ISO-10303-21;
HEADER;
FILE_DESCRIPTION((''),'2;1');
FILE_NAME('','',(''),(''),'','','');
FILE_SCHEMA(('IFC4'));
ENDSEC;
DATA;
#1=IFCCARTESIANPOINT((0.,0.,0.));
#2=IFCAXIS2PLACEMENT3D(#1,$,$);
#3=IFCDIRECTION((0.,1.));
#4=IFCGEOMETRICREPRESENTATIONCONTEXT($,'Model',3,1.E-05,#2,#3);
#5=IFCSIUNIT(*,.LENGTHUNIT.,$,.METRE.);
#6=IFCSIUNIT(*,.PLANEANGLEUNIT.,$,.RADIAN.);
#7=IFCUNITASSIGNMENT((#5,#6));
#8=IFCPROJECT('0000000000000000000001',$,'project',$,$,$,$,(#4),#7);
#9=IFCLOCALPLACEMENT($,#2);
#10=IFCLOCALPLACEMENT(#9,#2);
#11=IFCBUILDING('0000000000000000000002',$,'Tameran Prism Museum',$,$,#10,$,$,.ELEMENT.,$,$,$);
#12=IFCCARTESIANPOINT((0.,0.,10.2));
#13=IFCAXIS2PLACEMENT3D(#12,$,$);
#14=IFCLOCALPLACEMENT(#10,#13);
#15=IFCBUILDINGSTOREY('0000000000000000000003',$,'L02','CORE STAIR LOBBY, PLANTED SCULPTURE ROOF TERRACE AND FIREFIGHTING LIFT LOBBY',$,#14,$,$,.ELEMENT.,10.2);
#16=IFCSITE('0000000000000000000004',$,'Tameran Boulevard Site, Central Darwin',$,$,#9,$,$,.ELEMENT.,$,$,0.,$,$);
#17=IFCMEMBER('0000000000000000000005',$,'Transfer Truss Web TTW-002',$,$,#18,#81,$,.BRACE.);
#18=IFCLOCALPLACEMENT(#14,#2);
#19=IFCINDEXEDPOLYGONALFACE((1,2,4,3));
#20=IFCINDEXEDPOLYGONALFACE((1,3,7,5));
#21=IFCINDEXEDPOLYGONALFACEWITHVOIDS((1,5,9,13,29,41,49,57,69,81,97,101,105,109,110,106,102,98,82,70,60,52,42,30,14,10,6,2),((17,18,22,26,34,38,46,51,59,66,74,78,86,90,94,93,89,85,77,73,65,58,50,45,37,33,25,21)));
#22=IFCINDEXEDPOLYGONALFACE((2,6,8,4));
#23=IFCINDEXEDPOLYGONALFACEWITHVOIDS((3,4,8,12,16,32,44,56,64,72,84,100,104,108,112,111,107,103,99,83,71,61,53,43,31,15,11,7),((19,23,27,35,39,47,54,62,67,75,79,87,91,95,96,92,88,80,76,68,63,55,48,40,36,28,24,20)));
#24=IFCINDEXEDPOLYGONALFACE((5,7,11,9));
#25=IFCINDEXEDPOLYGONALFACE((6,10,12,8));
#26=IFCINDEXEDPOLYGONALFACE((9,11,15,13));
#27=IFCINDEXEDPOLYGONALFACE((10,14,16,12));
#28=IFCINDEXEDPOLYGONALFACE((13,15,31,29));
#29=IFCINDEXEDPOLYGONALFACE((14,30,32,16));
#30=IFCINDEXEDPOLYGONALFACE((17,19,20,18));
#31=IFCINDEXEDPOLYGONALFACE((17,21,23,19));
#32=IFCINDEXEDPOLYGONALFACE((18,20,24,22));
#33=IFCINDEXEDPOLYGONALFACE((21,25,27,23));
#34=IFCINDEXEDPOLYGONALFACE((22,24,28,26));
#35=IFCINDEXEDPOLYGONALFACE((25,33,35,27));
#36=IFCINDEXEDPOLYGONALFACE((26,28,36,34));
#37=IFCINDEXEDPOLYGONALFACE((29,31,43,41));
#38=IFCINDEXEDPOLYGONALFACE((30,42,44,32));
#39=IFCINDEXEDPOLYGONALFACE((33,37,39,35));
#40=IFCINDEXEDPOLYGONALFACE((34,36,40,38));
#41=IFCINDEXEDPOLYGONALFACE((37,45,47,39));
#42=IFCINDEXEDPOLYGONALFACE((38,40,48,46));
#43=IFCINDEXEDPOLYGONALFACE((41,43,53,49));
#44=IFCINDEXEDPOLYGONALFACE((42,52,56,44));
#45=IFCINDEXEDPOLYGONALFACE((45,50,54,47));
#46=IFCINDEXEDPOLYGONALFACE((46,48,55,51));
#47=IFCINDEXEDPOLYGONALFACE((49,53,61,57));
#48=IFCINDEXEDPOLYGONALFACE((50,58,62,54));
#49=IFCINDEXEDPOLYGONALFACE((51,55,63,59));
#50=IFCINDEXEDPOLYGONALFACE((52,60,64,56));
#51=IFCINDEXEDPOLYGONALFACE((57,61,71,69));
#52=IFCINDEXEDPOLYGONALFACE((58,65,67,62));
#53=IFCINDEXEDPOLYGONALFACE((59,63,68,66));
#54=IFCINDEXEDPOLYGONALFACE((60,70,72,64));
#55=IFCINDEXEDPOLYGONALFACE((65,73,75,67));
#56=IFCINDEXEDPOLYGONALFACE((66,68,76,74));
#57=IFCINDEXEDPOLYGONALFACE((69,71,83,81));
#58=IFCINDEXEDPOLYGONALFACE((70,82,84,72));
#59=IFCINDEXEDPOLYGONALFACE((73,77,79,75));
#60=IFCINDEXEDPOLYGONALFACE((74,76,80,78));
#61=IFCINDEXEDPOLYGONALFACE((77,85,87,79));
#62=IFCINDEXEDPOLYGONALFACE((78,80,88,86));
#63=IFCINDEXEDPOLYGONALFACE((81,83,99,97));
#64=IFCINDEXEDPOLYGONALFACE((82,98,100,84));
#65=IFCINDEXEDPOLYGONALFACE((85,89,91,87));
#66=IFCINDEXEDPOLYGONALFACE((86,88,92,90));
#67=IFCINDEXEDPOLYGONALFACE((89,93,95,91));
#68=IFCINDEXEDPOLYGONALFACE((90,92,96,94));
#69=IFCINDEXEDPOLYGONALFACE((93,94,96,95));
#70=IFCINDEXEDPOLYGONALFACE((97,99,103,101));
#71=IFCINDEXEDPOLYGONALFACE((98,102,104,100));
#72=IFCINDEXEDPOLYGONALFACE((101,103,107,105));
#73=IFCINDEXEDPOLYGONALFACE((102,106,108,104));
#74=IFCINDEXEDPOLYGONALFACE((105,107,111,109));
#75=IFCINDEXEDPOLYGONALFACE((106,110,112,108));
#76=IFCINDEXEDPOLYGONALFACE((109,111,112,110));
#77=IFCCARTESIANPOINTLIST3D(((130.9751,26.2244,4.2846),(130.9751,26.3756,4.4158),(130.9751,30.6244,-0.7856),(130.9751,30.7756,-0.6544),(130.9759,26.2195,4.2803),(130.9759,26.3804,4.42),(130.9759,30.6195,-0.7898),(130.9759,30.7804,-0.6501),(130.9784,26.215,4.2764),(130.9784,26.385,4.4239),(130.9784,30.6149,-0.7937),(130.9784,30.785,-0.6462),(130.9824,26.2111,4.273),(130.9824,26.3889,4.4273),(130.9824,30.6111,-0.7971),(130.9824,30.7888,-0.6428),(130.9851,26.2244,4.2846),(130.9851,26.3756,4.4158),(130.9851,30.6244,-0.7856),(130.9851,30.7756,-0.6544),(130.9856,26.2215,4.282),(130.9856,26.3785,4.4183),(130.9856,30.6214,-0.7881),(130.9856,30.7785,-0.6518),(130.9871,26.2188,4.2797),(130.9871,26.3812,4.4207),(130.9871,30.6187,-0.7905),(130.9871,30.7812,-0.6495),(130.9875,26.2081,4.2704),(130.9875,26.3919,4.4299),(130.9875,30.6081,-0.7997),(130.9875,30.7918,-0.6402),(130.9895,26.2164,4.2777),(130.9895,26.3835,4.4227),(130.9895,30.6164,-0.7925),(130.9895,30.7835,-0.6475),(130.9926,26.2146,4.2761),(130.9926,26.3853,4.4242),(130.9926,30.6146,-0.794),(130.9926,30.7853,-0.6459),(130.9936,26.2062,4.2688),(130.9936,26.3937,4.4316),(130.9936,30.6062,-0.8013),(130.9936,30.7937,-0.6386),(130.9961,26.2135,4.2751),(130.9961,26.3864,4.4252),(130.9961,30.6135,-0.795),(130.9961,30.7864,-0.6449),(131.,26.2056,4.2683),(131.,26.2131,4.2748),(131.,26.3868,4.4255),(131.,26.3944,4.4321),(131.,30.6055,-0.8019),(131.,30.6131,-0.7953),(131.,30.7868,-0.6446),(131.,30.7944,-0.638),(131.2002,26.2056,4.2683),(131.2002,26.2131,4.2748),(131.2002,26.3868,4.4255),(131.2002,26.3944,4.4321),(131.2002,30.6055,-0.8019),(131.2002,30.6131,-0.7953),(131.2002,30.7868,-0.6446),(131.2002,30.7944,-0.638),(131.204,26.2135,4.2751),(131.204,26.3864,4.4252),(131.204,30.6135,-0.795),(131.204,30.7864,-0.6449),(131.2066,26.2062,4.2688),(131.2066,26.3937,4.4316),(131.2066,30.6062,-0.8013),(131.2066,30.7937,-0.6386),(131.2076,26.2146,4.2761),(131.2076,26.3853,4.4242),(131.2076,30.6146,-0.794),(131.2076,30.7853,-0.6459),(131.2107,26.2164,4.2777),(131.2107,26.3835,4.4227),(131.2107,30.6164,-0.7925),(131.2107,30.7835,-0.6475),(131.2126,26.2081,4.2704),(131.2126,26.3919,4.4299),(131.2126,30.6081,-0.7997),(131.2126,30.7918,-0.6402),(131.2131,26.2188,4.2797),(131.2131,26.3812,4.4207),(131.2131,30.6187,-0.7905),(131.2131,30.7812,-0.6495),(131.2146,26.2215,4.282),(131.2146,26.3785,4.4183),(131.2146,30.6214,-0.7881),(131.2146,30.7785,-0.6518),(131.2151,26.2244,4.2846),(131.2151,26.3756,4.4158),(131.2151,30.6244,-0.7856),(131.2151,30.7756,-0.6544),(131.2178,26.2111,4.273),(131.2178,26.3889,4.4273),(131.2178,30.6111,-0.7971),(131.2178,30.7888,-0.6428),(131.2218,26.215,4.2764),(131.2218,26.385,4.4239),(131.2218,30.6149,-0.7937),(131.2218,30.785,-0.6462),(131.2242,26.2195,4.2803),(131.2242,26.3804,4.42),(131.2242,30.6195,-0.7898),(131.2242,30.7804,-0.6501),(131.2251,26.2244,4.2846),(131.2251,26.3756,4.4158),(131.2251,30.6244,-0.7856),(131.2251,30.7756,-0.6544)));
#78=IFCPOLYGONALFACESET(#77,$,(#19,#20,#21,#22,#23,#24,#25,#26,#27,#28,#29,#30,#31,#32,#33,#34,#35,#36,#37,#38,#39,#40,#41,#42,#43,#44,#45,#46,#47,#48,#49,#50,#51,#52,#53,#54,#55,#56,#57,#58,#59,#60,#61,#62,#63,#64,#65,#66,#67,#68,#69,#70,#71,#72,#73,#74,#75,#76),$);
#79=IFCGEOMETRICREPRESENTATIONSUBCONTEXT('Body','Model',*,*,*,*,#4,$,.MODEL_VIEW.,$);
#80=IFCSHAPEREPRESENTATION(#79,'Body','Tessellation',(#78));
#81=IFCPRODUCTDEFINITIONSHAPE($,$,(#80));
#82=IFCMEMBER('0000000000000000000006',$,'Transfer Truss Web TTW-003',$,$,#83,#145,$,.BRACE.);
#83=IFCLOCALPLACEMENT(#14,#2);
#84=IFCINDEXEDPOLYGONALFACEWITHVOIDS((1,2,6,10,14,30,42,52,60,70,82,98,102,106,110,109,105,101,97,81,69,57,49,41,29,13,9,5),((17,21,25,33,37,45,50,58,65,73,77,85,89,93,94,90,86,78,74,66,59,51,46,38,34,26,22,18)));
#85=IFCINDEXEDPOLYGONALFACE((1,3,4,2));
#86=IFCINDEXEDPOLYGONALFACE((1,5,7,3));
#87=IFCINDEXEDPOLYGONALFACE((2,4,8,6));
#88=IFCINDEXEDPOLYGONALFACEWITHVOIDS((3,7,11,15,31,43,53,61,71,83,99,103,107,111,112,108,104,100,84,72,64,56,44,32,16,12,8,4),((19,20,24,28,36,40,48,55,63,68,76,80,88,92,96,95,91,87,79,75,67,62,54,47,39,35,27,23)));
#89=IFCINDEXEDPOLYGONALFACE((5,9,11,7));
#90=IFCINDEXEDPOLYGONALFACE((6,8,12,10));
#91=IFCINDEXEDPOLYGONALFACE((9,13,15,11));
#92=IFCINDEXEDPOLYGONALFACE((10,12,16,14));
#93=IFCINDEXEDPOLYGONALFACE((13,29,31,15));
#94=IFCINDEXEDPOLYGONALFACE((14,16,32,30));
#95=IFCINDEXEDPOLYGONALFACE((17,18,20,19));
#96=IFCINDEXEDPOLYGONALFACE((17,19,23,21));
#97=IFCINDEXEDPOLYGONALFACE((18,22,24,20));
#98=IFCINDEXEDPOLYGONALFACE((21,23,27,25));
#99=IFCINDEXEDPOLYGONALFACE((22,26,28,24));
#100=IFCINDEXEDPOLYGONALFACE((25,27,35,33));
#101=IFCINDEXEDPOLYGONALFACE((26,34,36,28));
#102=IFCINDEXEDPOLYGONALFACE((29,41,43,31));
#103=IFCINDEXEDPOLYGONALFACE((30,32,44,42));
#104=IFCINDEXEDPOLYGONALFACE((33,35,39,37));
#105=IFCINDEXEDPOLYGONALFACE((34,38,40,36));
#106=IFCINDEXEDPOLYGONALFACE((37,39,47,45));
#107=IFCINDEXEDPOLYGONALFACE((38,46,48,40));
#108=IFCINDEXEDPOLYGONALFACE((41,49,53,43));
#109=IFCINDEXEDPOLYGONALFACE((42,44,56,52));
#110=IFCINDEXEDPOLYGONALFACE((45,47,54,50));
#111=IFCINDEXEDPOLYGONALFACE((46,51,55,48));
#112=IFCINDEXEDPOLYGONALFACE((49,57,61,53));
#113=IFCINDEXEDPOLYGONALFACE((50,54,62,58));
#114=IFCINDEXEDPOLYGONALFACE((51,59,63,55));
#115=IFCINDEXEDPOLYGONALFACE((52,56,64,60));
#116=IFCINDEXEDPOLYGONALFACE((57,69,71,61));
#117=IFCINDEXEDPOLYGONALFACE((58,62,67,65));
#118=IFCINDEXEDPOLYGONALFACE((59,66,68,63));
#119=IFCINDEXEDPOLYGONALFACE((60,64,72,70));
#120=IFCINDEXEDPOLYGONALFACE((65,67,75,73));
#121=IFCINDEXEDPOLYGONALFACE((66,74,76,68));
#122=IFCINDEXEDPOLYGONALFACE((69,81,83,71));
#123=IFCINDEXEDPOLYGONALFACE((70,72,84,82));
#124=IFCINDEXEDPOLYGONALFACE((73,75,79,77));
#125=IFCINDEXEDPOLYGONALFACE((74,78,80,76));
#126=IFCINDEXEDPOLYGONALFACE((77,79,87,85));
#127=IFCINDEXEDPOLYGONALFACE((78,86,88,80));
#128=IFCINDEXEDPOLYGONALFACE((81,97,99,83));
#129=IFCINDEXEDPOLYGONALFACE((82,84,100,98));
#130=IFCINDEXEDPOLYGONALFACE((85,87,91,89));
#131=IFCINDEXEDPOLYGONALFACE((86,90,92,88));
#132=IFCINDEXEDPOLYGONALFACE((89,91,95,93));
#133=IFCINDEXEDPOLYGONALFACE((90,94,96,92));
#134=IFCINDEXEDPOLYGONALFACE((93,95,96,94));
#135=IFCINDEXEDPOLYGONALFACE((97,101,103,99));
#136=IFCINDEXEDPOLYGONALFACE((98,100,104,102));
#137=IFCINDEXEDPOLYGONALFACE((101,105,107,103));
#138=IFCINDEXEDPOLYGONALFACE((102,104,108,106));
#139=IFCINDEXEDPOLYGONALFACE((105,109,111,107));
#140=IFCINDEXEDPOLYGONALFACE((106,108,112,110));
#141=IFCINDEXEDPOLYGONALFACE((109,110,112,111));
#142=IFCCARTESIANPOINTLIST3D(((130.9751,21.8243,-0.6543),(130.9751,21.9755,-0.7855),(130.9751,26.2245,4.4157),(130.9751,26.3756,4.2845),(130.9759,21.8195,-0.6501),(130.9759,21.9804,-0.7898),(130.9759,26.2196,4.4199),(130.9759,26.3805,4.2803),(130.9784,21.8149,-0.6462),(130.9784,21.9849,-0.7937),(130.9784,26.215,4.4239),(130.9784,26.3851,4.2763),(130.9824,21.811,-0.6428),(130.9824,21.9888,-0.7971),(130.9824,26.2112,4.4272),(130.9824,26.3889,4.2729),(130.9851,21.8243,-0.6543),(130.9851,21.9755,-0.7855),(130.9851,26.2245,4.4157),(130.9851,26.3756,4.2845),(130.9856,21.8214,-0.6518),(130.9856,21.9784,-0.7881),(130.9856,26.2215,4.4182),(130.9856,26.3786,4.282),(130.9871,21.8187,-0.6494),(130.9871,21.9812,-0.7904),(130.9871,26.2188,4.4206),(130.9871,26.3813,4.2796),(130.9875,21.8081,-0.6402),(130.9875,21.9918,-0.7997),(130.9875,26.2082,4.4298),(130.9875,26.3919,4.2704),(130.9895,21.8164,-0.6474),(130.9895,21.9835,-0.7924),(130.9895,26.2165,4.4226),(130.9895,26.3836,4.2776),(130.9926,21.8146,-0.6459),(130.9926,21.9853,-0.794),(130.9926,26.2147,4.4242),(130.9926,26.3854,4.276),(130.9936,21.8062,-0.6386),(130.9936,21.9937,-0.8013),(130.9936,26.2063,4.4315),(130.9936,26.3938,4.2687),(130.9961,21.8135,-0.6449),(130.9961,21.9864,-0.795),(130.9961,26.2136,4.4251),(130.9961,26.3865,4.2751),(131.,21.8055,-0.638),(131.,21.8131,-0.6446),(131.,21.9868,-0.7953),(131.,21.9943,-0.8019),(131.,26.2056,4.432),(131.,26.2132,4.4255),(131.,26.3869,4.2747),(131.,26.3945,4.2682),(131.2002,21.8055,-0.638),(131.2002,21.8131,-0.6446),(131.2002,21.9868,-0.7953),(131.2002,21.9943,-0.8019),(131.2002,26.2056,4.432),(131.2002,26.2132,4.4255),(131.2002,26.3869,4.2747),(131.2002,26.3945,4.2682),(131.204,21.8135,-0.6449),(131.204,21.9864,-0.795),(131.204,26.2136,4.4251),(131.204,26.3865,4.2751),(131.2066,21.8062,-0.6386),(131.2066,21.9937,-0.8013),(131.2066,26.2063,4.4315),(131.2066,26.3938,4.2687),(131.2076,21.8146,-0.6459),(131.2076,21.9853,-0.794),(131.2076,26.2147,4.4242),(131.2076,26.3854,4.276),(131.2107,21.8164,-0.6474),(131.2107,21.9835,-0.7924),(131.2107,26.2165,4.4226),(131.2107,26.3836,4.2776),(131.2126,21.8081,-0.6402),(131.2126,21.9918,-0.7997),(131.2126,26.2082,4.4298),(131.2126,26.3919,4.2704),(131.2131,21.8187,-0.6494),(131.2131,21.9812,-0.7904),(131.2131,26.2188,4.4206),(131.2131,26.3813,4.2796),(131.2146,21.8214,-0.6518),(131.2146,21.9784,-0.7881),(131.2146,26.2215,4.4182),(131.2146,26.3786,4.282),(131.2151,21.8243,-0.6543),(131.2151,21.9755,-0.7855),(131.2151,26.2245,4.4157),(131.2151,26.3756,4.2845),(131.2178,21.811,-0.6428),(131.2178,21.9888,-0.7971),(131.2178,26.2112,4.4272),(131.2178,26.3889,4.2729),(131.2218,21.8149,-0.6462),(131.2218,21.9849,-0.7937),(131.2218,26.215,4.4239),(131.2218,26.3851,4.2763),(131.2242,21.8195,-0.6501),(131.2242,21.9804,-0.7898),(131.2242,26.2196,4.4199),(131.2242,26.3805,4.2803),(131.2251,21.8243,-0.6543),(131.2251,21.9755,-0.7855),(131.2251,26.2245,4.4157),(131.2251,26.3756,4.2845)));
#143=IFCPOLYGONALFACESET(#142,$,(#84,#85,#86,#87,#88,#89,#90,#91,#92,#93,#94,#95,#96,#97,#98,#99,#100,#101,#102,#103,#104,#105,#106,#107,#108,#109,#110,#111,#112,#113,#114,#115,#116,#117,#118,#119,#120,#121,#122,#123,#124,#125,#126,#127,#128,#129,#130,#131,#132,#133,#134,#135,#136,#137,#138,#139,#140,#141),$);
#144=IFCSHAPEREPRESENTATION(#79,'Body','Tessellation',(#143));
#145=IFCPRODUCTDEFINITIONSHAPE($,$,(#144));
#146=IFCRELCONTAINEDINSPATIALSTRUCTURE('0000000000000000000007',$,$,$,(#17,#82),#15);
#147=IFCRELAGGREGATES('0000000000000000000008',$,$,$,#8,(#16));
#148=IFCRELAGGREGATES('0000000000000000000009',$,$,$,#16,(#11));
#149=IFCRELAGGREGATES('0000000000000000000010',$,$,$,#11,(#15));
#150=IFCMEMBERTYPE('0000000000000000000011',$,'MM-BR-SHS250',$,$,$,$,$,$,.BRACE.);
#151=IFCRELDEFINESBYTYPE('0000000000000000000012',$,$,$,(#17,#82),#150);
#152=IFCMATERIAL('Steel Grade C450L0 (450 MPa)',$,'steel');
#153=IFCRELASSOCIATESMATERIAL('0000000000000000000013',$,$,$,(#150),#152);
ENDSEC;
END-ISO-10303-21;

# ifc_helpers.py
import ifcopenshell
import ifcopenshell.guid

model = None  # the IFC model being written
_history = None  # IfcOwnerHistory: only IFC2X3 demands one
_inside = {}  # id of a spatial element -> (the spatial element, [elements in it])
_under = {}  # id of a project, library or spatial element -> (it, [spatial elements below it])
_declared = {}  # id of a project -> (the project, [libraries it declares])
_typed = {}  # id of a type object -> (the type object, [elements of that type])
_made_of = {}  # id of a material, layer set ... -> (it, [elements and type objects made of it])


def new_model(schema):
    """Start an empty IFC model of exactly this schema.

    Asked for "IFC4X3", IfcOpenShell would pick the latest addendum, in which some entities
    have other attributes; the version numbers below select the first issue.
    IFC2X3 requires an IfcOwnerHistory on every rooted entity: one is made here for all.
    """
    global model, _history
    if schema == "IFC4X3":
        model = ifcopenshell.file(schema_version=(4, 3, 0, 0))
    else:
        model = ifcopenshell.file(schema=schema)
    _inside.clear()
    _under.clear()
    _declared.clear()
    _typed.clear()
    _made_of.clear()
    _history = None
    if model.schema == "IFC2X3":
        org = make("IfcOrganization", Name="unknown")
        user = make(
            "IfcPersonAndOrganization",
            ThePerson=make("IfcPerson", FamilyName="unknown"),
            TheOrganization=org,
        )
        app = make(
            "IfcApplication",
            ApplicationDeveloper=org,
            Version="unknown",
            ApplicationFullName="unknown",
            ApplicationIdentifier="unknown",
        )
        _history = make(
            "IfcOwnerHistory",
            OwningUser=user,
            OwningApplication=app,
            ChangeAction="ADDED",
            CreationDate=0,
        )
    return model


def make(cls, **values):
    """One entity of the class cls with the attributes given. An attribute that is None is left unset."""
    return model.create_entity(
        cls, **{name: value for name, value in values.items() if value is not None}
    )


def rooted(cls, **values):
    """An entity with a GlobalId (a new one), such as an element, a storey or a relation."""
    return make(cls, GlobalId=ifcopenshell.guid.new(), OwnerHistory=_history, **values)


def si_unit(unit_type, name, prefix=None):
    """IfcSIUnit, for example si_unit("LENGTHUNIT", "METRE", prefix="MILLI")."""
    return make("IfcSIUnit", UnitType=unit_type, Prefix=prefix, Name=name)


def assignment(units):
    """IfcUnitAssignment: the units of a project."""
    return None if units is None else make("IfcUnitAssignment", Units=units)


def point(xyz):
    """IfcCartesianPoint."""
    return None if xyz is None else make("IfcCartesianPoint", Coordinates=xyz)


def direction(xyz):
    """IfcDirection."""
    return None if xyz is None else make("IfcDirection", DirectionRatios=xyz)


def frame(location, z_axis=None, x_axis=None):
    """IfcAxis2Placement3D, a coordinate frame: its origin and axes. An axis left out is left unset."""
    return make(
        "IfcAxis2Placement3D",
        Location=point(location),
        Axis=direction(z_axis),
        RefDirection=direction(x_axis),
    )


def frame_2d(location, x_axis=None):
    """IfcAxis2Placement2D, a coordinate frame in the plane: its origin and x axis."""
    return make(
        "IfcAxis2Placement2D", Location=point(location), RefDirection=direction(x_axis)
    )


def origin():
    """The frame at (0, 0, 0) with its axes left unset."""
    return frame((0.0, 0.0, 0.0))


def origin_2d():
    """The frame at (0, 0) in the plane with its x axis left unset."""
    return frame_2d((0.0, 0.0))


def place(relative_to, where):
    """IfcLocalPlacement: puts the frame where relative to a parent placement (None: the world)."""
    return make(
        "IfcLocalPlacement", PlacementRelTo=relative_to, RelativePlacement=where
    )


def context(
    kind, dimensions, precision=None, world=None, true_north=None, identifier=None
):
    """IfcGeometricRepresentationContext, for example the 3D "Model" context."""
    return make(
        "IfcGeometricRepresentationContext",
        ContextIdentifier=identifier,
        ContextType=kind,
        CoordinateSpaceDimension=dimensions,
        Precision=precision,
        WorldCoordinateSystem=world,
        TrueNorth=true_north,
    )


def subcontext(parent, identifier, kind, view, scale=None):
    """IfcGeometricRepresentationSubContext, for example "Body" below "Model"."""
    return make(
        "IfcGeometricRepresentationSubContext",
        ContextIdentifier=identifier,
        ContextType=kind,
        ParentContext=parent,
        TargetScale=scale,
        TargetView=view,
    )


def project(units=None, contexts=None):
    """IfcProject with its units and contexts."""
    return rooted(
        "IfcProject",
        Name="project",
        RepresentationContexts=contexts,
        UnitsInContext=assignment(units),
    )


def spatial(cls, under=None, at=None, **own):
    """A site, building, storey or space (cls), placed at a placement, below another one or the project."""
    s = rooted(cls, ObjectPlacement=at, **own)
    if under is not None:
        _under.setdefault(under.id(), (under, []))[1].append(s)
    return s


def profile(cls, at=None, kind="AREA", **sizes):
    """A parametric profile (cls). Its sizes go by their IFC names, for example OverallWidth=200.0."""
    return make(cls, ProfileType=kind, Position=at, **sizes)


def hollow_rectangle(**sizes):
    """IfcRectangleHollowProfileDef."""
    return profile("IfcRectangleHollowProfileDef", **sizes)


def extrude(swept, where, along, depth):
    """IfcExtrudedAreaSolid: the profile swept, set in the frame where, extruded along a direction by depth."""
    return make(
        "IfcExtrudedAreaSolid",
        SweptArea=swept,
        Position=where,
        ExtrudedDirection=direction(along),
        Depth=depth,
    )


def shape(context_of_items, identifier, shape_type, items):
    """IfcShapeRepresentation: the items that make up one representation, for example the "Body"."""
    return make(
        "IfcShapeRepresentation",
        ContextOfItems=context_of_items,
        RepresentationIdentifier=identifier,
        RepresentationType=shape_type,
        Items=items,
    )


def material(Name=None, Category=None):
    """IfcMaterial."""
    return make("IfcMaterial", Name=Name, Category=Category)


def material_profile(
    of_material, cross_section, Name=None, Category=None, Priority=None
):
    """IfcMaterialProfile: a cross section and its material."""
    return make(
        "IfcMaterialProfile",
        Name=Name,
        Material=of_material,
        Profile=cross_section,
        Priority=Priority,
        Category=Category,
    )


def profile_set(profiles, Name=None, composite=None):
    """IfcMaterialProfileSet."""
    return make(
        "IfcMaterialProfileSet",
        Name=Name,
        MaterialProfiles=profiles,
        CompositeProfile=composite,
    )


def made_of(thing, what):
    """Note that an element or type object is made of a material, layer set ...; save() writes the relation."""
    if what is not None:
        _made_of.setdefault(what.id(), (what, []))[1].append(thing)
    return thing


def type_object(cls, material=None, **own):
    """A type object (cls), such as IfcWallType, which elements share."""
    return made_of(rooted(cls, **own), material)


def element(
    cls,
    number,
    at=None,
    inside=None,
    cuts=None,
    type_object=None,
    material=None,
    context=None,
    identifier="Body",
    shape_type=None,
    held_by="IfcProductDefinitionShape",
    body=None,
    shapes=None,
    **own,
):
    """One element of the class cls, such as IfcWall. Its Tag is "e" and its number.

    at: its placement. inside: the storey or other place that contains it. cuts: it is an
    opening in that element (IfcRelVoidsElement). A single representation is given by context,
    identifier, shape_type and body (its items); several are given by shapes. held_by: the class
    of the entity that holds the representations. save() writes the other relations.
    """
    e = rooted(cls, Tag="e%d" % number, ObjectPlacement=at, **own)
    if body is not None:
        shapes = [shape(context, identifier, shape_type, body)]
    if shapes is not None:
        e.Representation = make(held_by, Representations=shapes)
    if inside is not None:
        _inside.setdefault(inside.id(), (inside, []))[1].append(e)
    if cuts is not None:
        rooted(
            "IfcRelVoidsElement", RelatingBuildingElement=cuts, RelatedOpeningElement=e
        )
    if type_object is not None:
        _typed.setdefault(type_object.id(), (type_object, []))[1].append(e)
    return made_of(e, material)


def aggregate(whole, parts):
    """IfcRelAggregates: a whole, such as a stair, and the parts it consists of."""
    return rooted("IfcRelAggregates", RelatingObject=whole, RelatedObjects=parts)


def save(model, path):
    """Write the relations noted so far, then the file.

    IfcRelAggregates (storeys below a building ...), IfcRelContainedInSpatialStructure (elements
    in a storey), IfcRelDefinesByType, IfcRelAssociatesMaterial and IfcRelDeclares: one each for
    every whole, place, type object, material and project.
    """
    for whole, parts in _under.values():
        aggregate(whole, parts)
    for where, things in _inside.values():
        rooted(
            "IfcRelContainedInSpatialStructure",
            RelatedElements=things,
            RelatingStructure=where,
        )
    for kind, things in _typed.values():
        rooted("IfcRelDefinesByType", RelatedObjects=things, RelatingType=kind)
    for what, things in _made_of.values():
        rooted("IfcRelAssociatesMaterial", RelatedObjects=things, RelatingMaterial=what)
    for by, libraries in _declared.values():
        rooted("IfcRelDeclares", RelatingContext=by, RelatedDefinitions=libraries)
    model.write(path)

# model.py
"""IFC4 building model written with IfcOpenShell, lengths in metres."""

from ifc_helpers import new_model, si_unit, direction, frame, origin, origin_2d, place, context, subcontext, project, spatial, hollow_rectangle, extrude, material, material_profile, profile_set, type_object, element, save


model = new_model("IFC4")

# Units and contexts
model_context = context("Model", 3, precision=1e-05, world=origin(), true_north=direction((0.0, 1.0)))
body_context = subcontext(model_context, "Body", "Model", "MODEL_VIEW")
ifc_project = project(units=[si_unit("LENGTHUNIT", "METRE"), si_unit("PLANEANGLEUNIT", "RADIAN")], contexts=[model_context])

# Site, building, storey
site_placement = place(None, origin())
site = spatial("IfcSite", under=ifc_project, at=site_placement, Name="Tameran Boulevard Site, Central Darwin", CompositionType="ELEMENT", RefElevation=0.0)
building_placement = place(site_placement, origin())
building = spatial("IfcBuilding", under=site, at=building_placement, Name="Tameran Prism Museum", CompositionType="ELEMENT")
storey_placement = place(building_placement, frame((0.0, 0.0, 10.2)))
storey = spatial("IfcBuildingStorey", under=building, at=storey_placement, Name="L02", Description="CORE STAIR LOBBY, PLANTED SCULPTURE ROOF TERRACE AND FIREFIGHTING LIFT LOBBY", CompositionType="ELEMENT", Elevation=10.2)

# Members
ifc_material_1 = material(Name="Steel Grade C450L0 (450 MPa)", Category="steel")
ifc_material_profile_1 = material_profile(ifc_material_1, hollow_rectangle(XDim=0.25, YDim=0.25, WallThickness=0.01, InnerFilletRadius=0.0149, OuterFilletRadius=0.0249, at=origin_2d()))
ifc_profile_set_1 = profile_set([ifc_material_profile_1])
member_type_1 = type_object("IfcMemberType", Name="MM-BR-SHS250", PredefinedType="BRACE", material=ifc_profile_set_1)
for number, where, z_axis, x_axis, name in (
    (1, (131.1001, 30.7, -0.72), (0.0, -0.655427, 0.755258), (1.0, 0.0, 0.0), "Transfer Truss Web TTW-002"),
    (2, (131.1001, 26.3, 4.3501), (0.0, -0.655448, -0.75524), (1.0, 0.0, 0.0), "Transfer Truss Web TTW-003"),
):
    element("IfcMember", number, at=place(storey_placement, frame(where, z_axis=z_axis, x_axis=x_axis)), inside=storey, type_object=member_type_1, Name=name, PredefinedType="BRACE", context=body_context, shape_type="SweptSolid", body=[
        extrude(hollow_rectangle(XDim=0.25, YDim=0.25, WallThickness=0.01, InnerFilletRadius=0.0149, OuterFilletRadius=0.0249, at=origin_2d()), origin(), (0.0, 0.0, 1.0), 6.7131),
    ])

save(model, "model.ifc")
